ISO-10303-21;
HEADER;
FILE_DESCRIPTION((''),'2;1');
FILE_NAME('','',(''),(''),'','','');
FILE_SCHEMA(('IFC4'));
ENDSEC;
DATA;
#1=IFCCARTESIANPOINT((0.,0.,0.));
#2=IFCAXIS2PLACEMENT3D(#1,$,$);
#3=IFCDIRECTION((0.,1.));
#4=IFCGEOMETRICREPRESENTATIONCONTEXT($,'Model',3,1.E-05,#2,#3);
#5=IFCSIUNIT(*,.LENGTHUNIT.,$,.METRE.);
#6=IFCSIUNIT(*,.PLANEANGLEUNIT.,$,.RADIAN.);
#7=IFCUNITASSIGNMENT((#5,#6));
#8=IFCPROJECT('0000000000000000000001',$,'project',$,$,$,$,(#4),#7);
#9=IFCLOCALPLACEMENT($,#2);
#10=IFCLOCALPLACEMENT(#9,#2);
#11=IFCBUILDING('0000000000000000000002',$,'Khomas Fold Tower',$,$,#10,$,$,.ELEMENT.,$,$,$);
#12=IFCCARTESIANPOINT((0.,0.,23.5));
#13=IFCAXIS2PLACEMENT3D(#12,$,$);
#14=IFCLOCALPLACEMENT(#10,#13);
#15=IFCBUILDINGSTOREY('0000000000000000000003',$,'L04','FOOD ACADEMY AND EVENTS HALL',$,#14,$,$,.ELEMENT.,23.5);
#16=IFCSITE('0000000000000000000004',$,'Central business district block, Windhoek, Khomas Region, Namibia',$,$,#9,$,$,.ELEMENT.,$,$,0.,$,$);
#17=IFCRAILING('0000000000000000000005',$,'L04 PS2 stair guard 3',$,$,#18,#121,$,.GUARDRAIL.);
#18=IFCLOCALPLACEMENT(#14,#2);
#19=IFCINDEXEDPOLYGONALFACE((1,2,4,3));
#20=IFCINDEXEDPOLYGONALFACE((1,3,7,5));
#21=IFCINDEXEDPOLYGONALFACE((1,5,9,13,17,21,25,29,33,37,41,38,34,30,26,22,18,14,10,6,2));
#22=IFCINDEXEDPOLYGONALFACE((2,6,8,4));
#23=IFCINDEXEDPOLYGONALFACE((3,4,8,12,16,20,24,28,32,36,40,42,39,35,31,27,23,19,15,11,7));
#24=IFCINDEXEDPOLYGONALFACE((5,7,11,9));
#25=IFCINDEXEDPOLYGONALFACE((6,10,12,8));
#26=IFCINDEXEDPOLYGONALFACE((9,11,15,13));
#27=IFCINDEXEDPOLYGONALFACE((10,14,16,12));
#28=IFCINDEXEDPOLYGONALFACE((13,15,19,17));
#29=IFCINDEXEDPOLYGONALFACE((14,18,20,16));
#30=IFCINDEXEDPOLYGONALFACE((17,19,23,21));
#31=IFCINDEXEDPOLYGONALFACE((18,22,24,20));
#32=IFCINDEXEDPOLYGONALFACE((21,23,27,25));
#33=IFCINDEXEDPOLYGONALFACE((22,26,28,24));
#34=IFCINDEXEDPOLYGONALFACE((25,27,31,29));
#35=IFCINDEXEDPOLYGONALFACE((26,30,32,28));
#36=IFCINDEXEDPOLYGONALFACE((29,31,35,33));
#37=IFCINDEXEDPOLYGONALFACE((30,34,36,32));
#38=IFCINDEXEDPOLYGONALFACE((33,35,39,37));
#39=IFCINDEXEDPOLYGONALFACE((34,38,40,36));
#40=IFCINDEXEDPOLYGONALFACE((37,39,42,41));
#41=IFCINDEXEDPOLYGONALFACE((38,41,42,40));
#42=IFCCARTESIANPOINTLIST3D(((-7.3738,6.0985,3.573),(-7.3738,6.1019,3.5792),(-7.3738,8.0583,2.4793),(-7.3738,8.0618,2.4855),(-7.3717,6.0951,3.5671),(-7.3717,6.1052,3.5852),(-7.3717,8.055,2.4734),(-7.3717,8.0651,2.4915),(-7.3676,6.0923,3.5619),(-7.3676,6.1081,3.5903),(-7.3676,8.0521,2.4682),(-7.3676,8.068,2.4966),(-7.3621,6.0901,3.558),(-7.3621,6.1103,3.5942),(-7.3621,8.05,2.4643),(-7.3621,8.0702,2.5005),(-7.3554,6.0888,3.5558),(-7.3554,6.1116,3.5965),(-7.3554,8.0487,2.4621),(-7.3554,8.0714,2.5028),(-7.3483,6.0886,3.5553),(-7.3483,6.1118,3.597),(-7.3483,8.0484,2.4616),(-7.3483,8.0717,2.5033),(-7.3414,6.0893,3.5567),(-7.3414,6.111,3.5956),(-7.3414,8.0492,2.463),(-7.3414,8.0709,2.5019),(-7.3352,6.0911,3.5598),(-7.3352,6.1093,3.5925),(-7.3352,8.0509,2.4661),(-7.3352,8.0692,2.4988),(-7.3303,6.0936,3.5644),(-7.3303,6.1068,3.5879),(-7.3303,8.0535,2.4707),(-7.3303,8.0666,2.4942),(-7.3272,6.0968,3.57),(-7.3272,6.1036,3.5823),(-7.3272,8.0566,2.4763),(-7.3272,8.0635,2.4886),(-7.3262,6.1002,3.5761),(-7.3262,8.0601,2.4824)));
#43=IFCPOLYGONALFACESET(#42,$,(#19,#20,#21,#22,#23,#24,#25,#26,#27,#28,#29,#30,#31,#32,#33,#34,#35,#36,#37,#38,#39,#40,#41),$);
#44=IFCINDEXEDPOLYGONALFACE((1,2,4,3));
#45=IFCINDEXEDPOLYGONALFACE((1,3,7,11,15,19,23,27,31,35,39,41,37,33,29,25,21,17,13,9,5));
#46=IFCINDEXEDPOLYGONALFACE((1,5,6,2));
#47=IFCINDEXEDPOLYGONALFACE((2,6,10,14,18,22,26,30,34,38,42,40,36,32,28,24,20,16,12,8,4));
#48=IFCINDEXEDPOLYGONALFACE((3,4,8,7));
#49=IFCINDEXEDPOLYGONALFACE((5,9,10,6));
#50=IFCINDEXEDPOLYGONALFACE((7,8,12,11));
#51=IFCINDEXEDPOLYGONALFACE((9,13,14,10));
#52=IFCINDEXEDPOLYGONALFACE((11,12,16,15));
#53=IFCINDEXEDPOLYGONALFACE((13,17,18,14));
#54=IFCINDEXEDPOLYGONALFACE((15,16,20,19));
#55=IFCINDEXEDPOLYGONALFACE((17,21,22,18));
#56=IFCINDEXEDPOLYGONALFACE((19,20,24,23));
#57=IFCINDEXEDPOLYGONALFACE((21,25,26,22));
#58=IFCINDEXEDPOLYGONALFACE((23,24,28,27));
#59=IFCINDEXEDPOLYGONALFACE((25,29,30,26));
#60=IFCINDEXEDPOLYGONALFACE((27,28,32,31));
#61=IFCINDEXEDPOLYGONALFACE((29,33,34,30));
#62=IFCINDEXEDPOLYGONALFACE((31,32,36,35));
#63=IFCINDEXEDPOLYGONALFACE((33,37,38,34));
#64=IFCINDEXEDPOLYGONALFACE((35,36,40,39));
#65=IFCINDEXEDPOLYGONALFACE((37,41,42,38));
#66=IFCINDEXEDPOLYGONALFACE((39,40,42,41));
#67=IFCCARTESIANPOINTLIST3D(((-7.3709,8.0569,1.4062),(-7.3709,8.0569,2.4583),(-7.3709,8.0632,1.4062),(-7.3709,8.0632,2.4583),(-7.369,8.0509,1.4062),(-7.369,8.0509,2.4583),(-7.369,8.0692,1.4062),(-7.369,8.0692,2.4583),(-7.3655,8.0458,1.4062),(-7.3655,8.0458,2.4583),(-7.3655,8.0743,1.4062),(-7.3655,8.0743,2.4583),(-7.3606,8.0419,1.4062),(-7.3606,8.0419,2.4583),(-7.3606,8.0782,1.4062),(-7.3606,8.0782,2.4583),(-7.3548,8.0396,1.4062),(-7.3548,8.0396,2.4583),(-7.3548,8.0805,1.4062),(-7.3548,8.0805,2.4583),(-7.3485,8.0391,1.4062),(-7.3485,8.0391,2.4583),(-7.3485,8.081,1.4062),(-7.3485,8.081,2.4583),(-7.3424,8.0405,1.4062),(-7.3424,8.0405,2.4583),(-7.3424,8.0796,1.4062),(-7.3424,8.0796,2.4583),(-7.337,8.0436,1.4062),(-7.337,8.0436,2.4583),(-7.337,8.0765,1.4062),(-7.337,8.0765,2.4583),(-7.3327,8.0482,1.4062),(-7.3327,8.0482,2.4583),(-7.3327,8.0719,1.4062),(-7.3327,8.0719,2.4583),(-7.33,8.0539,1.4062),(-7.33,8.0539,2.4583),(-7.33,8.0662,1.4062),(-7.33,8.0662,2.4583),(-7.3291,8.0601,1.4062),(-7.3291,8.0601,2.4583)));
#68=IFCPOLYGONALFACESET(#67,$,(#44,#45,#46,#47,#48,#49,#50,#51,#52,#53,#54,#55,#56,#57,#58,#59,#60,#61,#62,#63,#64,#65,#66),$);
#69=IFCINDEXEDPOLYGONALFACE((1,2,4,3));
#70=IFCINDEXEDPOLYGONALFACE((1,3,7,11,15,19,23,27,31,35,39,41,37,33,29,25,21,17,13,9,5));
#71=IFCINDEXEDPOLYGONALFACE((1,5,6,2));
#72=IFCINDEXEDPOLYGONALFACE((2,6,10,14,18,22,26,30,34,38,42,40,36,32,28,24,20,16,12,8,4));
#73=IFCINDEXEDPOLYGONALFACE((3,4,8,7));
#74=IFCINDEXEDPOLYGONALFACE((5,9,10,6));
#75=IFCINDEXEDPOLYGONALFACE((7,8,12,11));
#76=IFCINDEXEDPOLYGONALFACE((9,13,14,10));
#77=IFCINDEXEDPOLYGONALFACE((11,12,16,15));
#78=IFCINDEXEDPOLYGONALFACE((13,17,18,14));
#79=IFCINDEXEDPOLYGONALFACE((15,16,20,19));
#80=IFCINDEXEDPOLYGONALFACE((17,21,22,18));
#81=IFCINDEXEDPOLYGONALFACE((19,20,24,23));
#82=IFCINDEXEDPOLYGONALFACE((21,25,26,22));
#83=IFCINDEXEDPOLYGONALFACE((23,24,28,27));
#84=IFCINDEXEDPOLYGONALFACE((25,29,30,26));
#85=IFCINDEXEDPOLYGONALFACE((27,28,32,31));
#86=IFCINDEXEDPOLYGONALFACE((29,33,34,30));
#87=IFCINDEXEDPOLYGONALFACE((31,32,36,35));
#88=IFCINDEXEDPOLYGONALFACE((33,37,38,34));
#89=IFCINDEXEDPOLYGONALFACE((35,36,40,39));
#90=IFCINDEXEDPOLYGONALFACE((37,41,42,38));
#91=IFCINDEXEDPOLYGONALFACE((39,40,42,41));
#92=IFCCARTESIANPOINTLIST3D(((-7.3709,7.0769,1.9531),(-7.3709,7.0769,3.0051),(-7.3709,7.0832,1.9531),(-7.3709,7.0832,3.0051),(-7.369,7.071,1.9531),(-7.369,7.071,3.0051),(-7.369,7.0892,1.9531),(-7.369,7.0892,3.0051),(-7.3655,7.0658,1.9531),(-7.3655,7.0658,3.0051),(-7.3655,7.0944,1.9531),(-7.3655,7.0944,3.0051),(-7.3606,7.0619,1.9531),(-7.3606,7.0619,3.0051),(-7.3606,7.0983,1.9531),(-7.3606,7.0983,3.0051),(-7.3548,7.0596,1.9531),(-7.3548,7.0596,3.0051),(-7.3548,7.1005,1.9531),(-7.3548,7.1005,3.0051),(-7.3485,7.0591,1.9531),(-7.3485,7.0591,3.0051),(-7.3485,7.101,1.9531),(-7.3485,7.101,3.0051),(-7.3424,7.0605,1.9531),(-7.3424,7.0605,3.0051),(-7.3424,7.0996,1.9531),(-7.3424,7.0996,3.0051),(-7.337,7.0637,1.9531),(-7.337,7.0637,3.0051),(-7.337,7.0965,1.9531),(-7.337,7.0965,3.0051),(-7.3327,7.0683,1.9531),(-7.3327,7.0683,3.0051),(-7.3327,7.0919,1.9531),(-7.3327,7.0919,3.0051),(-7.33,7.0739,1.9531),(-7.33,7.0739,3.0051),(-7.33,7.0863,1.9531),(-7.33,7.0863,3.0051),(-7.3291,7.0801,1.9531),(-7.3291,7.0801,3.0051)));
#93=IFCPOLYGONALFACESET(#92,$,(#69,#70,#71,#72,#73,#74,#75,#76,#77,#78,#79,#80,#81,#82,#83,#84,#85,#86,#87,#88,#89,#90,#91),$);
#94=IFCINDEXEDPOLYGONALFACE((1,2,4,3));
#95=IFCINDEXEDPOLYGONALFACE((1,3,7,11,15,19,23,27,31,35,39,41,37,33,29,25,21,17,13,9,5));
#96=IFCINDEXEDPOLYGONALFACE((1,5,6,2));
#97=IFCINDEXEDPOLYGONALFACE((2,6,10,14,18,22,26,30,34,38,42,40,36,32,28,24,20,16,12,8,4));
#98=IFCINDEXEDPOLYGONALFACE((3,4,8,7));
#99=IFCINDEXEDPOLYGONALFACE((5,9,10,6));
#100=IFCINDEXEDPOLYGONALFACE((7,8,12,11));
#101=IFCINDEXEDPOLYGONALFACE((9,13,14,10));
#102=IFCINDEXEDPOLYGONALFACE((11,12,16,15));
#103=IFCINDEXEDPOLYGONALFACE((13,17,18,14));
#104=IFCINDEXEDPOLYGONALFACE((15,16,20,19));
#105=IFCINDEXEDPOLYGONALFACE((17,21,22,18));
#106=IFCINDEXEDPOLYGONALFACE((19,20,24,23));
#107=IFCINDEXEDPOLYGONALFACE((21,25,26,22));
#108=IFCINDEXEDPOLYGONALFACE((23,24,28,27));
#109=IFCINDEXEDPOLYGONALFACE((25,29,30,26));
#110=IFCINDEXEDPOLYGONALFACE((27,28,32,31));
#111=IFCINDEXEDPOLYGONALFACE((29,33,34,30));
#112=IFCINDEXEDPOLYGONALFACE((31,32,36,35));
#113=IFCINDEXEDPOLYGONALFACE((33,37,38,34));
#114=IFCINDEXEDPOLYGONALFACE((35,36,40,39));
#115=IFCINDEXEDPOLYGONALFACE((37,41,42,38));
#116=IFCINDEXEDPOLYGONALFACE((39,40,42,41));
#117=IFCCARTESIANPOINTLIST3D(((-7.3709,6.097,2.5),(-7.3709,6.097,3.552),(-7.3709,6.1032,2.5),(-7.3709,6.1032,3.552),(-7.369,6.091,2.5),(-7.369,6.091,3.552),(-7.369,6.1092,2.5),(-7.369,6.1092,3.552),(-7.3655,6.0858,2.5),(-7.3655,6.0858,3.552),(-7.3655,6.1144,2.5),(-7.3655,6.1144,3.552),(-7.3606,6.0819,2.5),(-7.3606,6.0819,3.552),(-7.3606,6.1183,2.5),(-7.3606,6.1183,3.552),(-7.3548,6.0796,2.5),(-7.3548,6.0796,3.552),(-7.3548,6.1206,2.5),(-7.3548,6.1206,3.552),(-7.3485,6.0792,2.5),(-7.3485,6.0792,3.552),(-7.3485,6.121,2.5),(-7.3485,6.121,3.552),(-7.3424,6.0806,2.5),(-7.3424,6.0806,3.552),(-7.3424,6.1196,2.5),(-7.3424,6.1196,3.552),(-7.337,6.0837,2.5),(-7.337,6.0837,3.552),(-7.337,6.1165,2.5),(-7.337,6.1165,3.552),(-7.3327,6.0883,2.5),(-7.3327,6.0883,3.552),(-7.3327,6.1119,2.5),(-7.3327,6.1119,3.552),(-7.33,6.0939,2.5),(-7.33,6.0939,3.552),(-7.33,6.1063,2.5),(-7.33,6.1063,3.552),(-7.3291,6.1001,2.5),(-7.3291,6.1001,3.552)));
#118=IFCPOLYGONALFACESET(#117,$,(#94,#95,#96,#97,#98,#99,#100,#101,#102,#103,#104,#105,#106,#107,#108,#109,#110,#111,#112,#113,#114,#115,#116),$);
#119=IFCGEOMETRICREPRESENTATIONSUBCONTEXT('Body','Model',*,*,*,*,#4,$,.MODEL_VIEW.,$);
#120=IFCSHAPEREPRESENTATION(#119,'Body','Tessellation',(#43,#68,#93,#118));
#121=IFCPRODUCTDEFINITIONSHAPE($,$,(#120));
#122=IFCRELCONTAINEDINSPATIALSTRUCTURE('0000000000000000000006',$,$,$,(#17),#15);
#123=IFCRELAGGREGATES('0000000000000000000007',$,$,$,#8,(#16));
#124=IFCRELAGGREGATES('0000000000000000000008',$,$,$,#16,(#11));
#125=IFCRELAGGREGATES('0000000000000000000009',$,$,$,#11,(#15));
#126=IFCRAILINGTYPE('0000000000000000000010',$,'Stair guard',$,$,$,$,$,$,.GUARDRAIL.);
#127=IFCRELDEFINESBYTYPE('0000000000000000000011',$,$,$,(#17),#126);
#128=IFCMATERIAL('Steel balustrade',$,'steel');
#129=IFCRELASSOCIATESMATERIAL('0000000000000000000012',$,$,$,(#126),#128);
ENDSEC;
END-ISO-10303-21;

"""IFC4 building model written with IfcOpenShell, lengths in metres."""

from ifc_helpers import new_model, si_unit, direction, frame, origin, origin_2d, place, context, subcontext, project, spatial, circle, extrude, source, transform, mapped, material, type_object, element, save


model = new_model("IFC4")

# Units and contexts
model_context = context("Model", 3, precision=1e-05, world=origin(), true_north=direction((0.0, 1.0)))
body_context = subcontext(model_context, "Body", "Model", "MODEL_VIEW")
ifc_project = project(units=[si_unit("LENGTHUNIT", "METRE"), si_unit("PLANEANGLEUNIT", "RADIAN")], contexts=[model_context])

# Site, building, storey
site_placement = place(None, origin())
site = spatial("IfcSite", under=ifc_project, at=site_placement, Name="Central business district block, Windhoek, Khomas Region, Namibia", CompositionType="ELEMENT", RefElevation=0.0)
building_placement = place(site_placement, origin())
building = spatial("IfcBuilding", under=site, at=building_placement, Name="Khomas Fold Tower", CompositionType="ELEMENT")
storey_placement = place(building_placement, frame((0.0, 0.0, 23.5)))
storey = spatial("IfcBuildingStorey", under=building, at=storey_placement, Name="L04", Description="FOOD ACADEMY AND EVENTS HALL", CompositionType="ELEMENT", Elevation=23.5)

# Railing
ifc_material_1 = material(Name="Steel balustrade", Category="steel")
railing_type_1 = type_object("IfcRailingType", Name="Stair guard", PredefinedType="GUARDRAIL", material=ifc_material_1)
shared_shape_1 = source(origin(), body_context, "Body", "SweptSolid", [
    extrude(circle(Radius=0.0239, at=origin_2d()), frame((0.0, 0.0, 1.0762), z_axis=(0.0, -0.873232, 0.487304), x_axis=(1.0, 0.0, 0.0)), (0.0, 0.0, 1.0), 2.2444),
    extrude(circle(Radius=0.021, at=origin_2d()), origin(), (0.0, 0.0, 1.0), 1.052),
    extrude(circle(Radius=0.021, at=origin_2d()), frame((0.0, -0.98, 0.5469)), (0.0, 0.0, 1.0), 1.052),
    extrude(circle(Radius=0.021, at=origin_2d()), frame((0.0, -1.96, 1.0938)), (0.0, 0.0, 1.0), 1.052),
])
for number, where, name in (
    (1, (-7.3501, 8.0601, 1.4062), "L04 PS2 stair guard 3"),
):
    element("IfcRailing", number, at=place(storey_placement, frame(where)), inside=storey, type_object=railing_type_1, Name=name, PredefinedType="GUARDRAIL", context=body_context, shape_type="MappedRepresentation", body=[
        mapped(shared_shape_1, transform((0.0, 0.0, 0.0))),
    ])

save(model, "model.ifc")
